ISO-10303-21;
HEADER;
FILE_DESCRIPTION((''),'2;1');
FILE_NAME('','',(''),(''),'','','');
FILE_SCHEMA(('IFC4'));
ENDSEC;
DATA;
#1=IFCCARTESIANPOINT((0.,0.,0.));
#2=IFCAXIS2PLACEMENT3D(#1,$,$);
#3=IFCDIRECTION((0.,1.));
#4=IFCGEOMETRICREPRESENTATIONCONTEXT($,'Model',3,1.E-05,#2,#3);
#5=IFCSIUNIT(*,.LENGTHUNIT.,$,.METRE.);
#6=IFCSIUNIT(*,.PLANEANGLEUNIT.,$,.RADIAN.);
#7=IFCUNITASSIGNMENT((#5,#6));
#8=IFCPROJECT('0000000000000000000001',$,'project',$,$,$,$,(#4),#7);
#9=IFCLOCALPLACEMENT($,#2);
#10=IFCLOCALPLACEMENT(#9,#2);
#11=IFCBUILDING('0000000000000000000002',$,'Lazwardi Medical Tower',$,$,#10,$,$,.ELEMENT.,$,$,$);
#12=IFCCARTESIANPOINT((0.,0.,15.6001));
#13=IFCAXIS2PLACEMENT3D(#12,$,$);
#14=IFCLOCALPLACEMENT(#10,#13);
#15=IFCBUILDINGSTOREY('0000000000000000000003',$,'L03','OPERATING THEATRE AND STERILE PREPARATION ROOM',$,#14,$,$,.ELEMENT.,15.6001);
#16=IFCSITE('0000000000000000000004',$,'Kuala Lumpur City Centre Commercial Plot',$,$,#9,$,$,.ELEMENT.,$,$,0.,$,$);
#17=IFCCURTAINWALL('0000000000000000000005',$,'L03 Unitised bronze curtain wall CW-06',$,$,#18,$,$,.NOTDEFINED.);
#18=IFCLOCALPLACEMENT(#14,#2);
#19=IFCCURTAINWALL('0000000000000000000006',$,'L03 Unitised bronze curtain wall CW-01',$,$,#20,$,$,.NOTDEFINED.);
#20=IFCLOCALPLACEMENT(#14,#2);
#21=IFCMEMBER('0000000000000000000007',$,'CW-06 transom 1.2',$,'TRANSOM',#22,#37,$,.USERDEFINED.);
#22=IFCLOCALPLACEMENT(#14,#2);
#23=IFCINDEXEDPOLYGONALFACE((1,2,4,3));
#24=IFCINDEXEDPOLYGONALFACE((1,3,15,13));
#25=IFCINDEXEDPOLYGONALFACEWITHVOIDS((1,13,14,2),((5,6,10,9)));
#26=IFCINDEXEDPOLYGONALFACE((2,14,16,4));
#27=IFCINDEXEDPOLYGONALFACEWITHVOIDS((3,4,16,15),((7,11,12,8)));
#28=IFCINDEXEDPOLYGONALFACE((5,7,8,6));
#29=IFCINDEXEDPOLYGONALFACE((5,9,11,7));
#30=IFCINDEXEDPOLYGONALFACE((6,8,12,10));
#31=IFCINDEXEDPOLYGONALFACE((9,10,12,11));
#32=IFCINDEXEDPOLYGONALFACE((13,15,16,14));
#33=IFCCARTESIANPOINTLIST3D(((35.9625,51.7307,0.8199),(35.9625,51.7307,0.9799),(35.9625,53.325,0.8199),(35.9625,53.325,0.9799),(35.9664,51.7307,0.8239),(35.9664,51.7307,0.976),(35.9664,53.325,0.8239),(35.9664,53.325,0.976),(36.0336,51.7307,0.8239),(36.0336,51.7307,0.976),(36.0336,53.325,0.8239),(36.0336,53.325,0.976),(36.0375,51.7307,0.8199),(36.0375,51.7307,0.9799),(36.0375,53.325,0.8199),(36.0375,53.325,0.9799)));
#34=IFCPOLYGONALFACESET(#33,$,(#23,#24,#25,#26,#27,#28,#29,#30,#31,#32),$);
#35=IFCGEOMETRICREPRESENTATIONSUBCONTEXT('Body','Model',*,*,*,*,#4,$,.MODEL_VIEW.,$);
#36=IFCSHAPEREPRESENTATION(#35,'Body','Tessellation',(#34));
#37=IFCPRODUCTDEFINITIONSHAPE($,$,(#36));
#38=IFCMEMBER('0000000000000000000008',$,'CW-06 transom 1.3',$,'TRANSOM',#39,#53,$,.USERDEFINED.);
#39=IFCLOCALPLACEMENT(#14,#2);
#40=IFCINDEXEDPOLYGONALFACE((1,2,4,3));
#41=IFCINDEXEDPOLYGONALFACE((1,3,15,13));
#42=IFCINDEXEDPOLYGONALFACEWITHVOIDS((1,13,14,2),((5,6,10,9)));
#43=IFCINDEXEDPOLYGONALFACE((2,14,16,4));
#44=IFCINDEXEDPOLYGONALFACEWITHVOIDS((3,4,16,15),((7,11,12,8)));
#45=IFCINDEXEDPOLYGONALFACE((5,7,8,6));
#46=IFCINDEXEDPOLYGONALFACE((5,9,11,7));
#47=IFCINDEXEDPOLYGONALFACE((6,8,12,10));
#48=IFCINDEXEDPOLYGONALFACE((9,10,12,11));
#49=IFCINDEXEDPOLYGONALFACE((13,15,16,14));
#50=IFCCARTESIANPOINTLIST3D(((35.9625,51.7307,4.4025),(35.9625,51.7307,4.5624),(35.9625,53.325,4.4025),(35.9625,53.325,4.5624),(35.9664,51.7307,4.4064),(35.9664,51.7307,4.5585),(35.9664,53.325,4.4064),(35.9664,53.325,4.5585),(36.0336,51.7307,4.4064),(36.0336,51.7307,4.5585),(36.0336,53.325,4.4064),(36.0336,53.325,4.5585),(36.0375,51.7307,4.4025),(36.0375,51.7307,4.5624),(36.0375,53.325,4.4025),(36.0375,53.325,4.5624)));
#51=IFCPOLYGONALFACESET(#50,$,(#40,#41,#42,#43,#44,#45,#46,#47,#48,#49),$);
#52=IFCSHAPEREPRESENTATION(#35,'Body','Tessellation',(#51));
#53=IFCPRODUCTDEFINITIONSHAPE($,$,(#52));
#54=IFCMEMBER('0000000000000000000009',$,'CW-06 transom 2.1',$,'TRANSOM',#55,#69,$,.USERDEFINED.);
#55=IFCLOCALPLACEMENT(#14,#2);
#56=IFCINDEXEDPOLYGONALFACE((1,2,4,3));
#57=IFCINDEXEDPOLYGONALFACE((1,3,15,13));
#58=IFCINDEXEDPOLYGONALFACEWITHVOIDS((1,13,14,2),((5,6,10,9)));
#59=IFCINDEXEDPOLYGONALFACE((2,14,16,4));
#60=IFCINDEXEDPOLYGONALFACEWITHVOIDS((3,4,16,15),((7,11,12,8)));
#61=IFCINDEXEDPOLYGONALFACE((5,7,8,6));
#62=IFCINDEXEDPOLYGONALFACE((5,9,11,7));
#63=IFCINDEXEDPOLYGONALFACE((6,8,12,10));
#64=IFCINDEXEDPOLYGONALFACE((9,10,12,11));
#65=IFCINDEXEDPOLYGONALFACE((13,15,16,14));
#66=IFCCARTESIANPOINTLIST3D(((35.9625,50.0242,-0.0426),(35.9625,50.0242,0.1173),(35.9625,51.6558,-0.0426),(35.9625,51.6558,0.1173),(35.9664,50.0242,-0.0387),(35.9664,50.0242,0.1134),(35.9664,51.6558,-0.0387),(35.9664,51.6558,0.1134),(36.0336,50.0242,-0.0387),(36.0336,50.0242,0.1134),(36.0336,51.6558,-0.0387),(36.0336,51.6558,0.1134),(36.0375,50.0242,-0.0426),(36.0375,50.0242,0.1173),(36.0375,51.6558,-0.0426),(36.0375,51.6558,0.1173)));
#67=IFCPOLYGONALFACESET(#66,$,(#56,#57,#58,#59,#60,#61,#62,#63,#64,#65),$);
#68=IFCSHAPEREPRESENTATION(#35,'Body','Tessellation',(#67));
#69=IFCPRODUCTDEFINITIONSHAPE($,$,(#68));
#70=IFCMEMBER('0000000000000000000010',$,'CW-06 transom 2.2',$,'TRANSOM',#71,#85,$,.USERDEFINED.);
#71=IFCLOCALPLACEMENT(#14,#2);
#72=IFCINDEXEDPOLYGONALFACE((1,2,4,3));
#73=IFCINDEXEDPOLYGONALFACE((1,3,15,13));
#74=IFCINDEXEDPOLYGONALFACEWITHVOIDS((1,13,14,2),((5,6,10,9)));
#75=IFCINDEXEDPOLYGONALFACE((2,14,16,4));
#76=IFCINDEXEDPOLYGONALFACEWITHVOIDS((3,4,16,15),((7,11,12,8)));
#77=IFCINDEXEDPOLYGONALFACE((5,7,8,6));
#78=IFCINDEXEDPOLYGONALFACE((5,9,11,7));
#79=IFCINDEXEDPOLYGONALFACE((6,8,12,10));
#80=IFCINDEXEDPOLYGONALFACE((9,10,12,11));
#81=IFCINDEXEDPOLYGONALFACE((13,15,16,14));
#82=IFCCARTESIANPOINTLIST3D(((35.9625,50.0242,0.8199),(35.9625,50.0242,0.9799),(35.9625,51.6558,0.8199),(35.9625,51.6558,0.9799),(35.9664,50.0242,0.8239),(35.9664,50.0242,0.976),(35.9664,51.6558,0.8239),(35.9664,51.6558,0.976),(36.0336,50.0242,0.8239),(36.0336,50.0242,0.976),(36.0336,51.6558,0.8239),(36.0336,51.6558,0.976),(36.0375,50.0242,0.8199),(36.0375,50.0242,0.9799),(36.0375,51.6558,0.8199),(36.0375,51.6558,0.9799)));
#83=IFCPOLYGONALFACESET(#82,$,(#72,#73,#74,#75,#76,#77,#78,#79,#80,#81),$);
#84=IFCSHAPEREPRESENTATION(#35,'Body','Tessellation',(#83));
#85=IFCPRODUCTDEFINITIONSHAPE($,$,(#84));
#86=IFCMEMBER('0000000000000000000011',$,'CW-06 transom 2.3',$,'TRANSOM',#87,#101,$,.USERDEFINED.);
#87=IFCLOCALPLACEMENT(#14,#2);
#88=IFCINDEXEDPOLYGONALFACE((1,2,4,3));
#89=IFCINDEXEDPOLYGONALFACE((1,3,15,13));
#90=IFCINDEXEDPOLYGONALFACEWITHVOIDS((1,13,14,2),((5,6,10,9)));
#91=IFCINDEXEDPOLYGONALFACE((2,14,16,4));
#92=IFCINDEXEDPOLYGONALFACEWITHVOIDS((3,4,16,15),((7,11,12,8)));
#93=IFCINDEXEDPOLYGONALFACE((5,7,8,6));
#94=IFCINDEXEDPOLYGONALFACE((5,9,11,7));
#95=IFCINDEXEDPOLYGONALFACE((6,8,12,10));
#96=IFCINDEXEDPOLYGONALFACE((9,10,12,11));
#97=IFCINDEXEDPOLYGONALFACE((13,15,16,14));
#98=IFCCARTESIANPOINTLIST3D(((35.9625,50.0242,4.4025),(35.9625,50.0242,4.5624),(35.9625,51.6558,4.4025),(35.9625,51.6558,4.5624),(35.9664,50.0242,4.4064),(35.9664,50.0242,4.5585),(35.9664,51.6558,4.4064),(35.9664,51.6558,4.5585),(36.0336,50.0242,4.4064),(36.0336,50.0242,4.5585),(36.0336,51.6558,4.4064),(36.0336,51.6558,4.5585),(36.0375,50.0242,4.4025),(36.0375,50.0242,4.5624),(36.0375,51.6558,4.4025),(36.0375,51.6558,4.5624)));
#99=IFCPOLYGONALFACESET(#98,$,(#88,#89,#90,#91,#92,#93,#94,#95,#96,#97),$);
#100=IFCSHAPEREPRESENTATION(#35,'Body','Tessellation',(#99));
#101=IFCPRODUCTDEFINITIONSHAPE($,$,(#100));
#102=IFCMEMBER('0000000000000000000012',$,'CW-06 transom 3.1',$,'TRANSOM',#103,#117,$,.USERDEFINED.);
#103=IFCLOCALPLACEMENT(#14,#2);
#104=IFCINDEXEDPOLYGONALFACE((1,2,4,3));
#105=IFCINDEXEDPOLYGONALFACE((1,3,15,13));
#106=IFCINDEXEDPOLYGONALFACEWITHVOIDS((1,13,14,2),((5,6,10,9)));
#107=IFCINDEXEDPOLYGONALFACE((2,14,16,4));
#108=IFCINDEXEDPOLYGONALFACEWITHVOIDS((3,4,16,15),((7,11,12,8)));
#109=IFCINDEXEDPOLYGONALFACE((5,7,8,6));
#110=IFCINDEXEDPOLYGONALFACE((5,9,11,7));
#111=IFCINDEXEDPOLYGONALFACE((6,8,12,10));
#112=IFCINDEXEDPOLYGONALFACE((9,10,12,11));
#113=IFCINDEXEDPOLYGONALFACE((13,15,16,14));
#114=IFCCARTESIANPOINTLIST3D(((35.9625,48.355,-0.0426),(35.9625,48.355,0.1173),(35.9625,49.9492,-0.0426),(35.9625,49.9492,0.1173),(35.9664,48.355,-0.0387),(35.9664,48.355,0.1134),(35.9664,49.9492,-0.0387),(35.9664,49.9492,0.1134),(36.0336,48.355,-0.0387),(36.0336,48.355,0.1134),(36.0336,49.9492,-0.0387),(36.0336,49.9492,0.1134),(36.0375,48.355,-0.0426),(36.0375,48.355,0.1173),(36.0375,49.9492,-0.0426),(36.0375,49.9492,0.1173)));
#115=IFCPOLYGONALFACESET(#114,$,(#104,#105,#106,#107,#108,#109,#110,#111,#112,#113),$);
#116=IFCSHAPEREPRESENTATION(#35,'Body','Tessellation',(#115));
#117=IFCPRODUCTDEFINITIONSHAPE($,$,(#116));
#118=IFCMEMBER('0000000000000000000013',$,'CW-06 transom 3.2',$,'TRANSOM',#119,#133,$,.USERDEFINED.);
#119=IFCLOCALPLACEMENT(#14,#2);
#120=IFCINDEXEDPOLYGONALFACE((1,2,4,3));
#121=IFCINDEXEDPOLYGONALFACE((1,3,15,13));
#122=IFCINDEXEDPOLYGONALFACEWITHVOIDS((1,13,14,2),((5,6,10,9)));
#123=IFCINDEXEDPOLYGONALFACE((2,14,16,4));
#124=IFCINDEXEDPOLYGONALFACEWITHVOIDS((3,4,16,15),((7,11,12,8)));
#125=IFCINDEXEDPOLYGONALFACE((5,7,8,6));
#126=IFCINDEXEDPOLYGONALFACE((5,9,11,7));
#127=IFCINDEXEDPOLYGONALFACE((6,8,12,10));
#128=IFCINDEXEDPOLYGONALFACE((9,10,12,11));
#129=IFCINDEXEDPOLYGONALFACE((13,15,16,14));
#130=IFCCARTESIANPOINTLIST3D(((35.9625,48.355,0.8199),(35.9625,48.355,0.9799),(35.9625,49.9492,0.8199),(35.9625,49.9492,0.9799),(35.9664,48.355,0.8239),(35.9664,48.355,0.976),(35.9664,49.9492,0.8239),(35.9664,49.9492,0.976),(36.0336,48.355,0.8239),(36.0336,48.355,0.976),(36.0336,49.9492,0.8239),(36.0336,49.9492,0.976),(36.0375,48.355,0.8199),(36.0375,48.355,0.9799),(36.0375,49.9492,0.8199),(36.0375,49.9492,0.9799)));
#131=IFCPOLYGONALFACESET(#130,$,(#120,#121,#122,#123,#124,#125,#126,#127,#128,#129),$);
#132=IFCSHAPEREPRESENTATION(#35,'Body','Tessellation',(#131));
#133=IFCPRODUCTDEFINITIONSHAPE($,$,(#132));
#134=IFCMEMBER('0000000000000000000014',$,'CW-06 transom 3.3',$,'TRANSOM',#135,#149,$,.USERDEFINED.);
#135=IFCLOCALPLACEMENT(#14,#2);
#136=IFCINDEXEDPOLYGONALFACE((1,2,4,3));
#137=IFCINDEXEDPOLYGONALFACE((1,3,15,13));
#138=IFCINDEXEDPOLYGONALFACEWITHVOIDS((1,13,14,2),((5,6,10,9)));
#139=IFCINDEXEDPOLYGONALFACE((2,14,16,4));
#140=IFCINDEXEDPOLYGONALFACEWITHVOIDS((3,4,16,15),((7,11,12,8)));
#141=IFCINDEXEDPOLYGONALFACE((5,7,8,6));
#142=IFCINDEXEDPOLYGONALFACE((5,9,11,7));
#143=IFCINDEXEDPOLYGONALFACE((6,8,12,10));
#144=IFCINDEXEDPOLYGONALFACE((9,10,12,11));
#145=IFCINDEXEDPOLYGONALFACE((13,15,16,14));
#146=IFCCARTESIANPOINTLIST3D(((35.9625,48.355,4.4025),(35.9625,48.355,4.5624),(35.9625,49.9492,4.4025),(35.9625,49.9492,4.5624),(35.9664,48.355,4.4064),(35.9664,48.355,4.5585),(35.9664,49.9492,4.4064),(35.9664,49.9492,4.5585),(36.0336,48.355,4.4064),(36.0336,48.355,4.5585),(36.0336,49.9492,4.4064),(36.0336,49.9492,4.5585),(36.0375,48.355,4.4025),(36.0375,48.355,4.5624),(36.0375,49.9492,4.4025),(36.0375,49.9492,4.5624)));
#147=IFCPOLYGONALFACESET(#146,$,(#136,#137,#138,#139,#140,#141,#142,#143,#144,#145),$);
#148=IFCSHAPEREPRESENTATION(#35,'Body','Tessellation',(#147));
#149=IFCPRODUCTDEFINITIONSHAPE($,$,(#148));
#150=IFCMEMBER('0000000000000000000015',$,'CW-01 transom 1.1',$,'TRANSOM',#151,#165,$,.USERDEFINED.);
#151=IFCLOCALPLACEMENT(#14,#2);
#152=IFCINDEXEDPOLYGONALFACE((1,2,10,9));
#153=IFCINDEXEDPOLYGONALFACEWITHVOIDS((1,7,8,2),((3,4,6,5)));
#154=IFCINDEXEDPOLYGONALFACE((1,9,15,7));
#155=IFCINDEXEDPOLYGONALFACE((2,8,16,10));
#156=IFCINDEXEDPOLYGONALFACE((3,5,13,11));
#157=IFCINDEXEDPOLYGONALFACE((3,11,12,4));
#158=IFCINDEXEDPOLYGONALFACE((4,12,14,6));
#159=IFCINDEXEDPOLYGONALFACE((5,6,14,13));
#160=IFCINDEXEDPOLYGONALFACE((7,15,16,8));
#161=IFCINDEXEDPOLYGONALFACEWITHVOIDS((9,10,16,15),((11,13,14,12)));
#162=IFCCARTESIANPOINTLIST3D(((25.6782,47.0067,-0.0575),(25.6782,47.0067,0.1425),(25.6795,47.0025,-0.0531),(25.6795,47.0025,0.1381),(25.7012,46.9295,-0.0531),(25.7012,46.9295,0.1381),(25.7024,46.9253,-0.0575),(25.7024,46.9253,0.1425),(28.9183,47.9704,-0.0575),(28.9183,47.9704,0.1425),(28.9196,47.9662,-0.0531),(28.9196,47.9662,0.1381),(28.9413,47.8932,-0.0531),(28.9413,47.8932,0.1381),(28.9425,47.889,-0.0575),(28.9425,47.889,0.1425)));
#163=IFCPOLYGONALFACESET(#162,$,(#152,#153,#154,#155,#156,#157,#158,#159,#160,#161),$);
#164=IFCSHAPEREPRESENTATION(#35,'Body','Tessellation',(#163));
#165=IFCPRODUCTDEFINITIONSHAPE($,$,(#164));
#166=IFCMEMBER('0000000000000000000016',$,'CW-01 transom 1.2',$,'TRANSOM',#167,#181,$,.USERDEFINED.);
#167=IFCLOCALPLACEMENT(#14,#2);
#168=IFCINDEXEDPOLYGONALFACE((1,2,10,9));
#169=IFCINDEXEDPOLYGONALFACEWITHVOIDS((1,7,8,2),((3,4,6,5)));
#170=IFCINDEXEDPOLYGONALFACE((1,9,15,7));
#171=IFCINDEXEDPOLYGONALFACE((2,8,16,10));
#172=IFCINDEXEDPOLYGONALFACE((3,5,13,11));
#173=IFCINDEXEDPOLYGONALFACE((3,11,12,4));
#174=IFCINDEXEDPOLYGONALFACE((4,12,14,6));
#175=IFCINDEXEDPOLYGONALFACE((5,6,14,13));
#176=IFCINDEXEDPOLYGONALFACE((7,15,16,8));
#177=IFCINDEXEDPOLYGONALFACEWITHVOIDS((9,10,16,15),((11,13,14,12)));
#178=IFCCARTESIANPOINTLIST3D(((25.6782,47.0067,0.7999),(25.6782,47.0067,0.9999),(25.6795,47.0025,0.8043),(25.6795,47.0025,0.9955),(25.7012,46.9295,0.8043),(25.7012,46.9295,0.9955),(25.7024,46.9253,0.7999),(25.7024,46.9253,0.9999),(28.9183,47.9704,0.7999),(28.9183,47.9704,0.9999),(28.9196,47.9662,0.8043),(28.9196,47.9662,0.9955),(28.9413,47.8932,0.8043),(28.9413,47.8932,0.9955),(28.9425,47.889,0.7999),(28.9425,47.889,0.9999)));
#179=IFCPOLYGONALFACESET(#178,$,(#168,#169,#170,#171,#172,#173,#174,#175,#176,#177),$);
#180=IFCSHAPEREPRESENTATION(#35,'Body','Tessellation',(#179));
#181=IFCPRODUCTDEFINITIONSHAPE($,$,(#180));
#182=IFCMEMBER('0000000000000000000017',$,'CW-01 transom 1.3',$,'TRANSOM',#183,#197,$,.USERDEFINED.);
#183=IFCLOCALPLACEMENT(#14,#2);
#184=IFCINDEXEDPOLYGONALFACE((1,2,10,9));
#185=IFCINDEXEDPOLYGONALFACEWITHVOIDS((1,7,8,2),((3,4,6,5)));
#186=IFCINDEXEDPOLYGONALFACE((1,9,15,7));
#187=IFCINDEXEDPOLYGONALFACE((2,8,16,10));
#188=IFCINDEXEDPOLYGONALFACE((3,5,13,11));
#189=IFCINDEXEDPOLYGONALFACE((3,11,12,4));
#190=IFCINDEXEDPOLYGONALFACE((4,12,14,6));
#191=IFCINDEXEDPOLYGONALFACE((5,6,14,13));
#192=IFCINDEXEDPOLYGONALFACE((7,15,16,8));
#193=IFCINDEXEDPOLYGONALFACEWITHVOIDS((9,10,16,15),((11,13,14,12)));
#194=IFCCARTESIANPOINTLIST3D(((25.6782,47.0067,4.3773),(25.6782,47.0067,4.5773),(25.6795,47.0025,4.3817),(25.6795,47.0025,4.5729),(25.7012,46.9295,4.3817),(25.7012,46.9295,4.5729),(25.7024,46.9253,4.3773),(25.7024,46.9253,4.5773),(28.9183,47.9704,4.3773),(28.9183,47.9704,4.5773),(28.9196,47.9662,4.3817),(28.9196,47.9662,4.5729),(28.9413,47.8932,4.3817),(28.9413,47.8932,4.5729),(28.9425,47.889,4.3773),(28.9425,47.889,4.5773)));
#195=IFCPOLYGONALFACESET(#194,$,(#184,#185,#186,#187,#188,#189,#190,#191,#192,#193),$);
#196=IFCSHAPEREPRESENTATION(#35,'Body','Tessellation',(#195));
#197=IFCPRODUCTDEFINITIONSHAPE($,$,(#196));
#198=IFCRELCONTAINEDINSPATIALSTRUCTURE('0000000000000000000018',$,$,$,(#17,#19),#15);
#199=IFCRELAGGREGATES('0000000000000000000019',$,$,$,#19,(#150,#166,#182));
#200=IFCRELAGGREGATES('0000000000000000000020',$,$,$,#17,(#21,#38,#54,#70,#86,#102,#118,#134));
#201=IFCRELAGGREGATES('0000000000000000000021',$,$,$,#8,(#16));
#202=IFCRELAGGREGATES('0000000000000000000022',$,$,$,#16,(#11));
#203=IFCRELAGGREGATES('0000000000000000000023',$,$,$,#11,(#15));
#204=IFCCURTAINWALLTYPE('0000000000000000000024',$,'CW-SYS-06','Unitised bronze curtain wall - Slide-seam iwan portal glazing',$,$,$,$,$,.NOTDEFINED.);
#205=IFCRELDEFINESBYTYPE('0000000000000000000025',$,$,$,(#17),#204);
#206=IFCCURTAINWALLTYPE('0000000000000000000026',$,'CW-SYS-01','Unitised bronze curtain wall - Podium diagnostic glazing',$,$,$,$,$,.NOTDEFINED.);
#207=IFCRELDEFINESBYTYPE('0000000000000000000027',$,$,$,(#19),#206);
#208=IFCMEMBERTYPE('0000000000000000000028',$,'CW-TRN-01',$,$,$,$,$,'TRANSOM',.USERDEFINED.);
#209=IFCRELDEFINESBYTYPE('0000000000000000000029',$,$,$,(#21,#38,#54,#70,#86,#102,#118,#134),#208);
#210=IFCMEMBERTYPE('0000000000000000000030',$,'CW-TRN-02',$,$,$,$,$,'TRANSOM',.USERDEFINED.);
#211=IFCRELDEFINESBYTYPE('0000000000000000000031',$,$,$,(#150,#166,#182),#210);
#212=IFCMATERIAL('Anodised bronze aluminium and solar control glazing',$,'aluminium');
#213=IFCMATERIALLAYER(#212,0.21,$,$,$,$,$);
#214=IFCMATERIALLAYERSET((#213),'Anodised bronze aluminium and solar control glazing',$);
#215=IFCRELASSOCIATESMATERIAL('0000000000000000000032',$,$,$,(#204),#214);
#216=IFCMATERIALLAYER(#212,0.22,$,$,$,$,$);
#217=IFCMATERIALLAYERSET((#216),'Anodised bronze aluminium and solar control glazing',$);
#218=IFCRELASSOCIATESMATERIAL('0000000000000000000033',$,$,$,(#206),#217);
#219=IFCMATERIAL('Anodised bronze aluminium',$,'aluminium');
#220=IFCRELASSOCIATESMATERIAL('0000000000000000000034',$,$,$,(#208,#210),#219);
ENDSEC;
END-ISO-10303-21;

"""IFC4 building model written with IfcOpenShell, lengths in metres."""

from ifc_helpers import new_model, si_unit, direction, frame, origin, origin_2d, place, context, subcontext, project, spatial, hollow_rectangle, extrude, material, layer, layer_set, material_profile, profile_set, type_object, element, aggregate, save


model = new_model("IFC4")

# Units and contexts
model_context = context("Model", 3, precision=1e-05, world=origin(), true_north=direction((0.0, 1.0)))
body_context = subcontext(model_context, "Body", "Model", "MODEL_VIEW")
ifc_project = project(units=[si_unit("LENGTHUNIT", "METRE"), si_unit("PLANEANGLEUNIT", "RADIAN")], contexts=[model_context])

# Site, building, storey
site_placement = place(None, origin())
site = spatial("IfcSite", under=ifc_project, at=site_placement, Name="Kuala Lumpur City Centre Commercial Plot", CompositionType="ELEMENT", RefElevation=0.0)
building_placement = place(site_placement, origin())
building = spatial("IfcBuilding", under=site, at=building_placement, Name="Lazwardi Medical Tower", CompositionType="ELEMENT")
storey_placement = place(building_placement, frame((0.0, 0.0, 15.6001)))
storey = spatial("IfcBuildingStorey", under=building, at=storey_placement, Name="L03", Description="OPERATING THEATRE AND STERILE PREPARATION ROOM", CompositionType="ELEMENT", Elevation=15.6001)

# Curtain walls
ifc_material_1 = material(Name="Anodised bronze aluminium and solar control glazing", Category="aluminium")
ifc_layer_1 = layer(ifc_material_1, 0.21)
ifc_layer_set_1 = layer_set([ifc_layer_1], Name="Anodised bronze aluminium and solar control glazing")
curtain_wall_type_1 = type_object("IfcCurtainWallType", Name="CW-SYS-06", Description="Unitised bronze curtain wall - Slide-seam iwan portal glazing", PredefinedType="NOTDEFINED", material=ifc_layer_set_1)
curtain_wall_1_placement = place(storey_placement, origin())
curtain_wall_1 = element("IfcCurtainWall", 1, at=curtain_wall_1_placement, inside=storey, type_object=curtain_wall_type_1, Name="L03 Unitised bronze curtain wall CW-06", PredefinedType="NOTDEFINED")
ifc_material_2 = material(Name="Anodised bronze aluminium", Category="aluminium")
ifc_layer_2 = layer(ifc_material_1, 0.22)
ifc_layer_set_2 = layer_set([ifc_layer_2], Name="Anodised bronze aluminium and solar control glazing")
curtain_wall_type_2 = type_object("IfcCurtainWallType", Name="CW-SYS-01", Description="Unitised bronze curtain wall - Podium diagnostic glazing", PredefinedType="NOTDEFINED", material=ifc_layer_set_2)
curtain_wall_2_placement = place(storey_placement, origin())
curtain_wall_2 = element("IfcCurtainWall", 2, at=curtain_wall_2_placement, inside=storey, type_object=curtain_wall_type_2, Name="L03 Unitised bronze curtain wall CW-01", PredefinedType="NOTDEFINED")

# Members
ifc_material_profile_1 = material_profile(ifc_material_2, hollow_rectangle(XDim=0.075, YDim=0.1599, WallThickness=0.0039, at=origin_2d()), Name="ALU-TRANSOM 160x75x4")
ifc_profile_set_1 = profile_set([ifc_material_profile_1], Name="Anodised bronze aluminium")
member_type_1 = type_object("IfcMemberType", Name="CW-TRN-01", ElementType="TRANSOM", PredefinedType="USERDEFINED", material=ifc_profile_set_1)
member_1_placement = place(storey_placement, frame((36.0, 53.325, 0.8999), z_axis=(0.0, -1.0, 0.0), x_axis=(1.0, 0.0, 0.0)))
member_1 = element("IfcMember", 3, at=member_1_placement, type_object=member_type_1, Name="CW-06 transom 1.2", ObjectType="TRANSOM", PredefinedType="USERDEFINED", context=body_context, shape_type="SweptSolid", body=[
    extrude(hollow_rectangle(XDim=0.075, YDim=0.1599, WallThickness=0.0039, at=origin_2d()), origin(), (0.0, 0.0, 1.0), 1.5942),
])
member_2_placement = place(storey_placement, frame((36.0, 53.325, 4.4824), z_axis=(0.0, -1.0, 0.0), x_axis=(1.0, 0.0, 0.0)))
member_2 = element("IfcMember", 4, at=member_2_placement, type_object=member_type_1, Name="CW-06 transom 1.3", ObjectType="TRANSOM", PredefinedType="USERDEFINED", context=body_context, shape_type="SweptSolid", body=[
    extrude(hollow_rectangle(XDim=0.075, YDim=0.1599, WallThickness=0.0039, at=origin_2d()), origin(), (0.0, 0.0, 1.0), 1.5942),
])
member_3_placement = place(storey_placement, frame((36.0, 51.6558, 0.0374), z_axis=(0.0, -1.0, 0.0), x_axis=(1.0, 0.0, 0.0)))
member_3 = element("IfcMember", 5, at=member_3_placement, type_object=member_type_1, Name="CW-06 transom 2.1", ObjectType="TRANSOM", PredefinedType="USERDEFINED", context=body_context, shape_type="SweptSolid", body=[
    extrude(hollow_rectangle(XDim=0.075, YDim=0.1599, WallThickness=0.0039, at=origin_2d()), origin(), (0.0, 0.0, 1.0), 1.6316),
])
member_4_placement = place(storey_placement, frame((36.0, 51.6558, 0.8999), z_axis=(0.0, -1.0, 0.0), x_axis=(1.0, 0.0, 0.0)))
member_4 = element("IfcMember", 6, at=member_4_placement, type_object=member_type_1, Name="CW-06 transom 2.2", ObjectType="TRANSOM", PredefinedType="USERDEFINED", context=body_context, shape_type="SweptSolid", body=[
    extrude(hollow_rectangle(XDim=0.075, YDim=0.1599, WallThickness=0.0039, at=origin_2d()), origin(), (0.0, 0.0, 1.0), 1.6316),
])
member_5_placement = place(storey_placement, frame((36.0, 51.6558, 4.4824), z_axis=(0.0, -1.0, 0.0), x_axis=(1.0, 0.0, 0.0)))
member_5 = element("IfcMember", 7, at=member_5_placement, type_object=member_type_1, Name="CW-06 transom 2.3", ObjectType="TRANSOM", PredefinedType="USERDEFINED", context=body_context, shape_type="SweptSolid", body=[
    extrude(hollow_rectangle(XDim=0.075, YDim=0.1599, WallThickness=0.0039, at=origin_2d()), origin(), (0.0, 0.0, 1.0), 1.6316),
])
member_6_placement = place(storey_placement, frame((36.0, 49.9492, 0.0374), z_axis=(0.0, -1.0, 0.0), x_axis=(1.0, 0.0, 0.0)))
member_6 = element("IfcMember", 8, at=member_6_placement, type_object=member_type_1, Name="CW-06 transom 3.1", ObjectType="TRANSOM", PredefinedType="USERDEFINED", context=body_context, shape_type="SweptSolid", body=[
    extrude(hollow_rectangle(XDim=0.075, YDim=0.1599, WallThickness=0.0039, at=origin_2d()), origin(), (0.0, 0.0, 1.0), 1.5942),
])
member_7_placement = place(storey_placement, frame((36.0, 49.9492, 0.8999), z_axis=(0.0, -1.0, 0.0), x_axis=(1.0, 0.0, 0.0)))
member_7 = element("IfcMember", 9, at=member_7_placement, type_object=member_type_1, Name="CW-06 transom 3.2", ObjectType="TRANSOM", PredefinedType="USERDEFINED", context=body_context, shape_type="SweptSolid", body=[
    extrude(hollow_rectangle(XDim=0.075, YDim=0.1599, WallThickness=0.0039, at=origin_2d()), origin(), (0.0, 0.0, 1.0), 1.5942),
])
member_8_placement = place(storey_placement, frame((36.0, 49.9492, 4.4824), z_axis=(0.0, -1.0, 0.0), x_axis=(1.0, 0.0, 0.0)))
member_8 = element("IfcMember", 10, at=member_8_placement, type_object=member_type_1, Name="CW-06 transom 3.3", ObjectType="TRANSOM", PredefinedType="USERDEFINED", context=body_context, shape_type="SweptSolid", body=[
    extrude(hollow_rectangle(XDim=0.075, YDim=0.1599, WallThickness=0.0039, at=origin_2d()), origin(), (0.0, 0.0, 1.0), 1.5942),
])
ifc_material_profile_2 = material_profile(ifc_material_2, hollow_rectangle(XDim=0.085, YDim=0.2, WallThickness=0.0044, at=origin_2d()), Name="ALU-TRANSOM 200x85x4.5")
ifc_profile_set_2 = profile_set([ifc_material_profile_2], Name="Anodised bronze aluminium")
member_type_2 = type_object("IfcMemberType", Name="CW-TRN-02", ElementType="TRANSOM", PredefinedType="USERDEFINED", material=ifc_profile_set_2)
member_9_placement = place(storey_placement, frame((28.9304, 47.9297, 0.0425), z_axis=(-0.958505, -0.285074, 0.0), x_axis=(0.285074, -0.958505, 0.0)))
member_9 = element("IfcMember", 11, at=member_9_placement, type_object=member_type_2, Name="CW-01 transom 1.1", ObjectType="TRANSOM", PredefinedType="USERDEFINED", context=body_context, shape_type="SweptSolid", body=[
    extrude(hollow_rectangle(XDim=0.085, YDim=0.2, WallThickness=0.0044, at=origin_2d()), origin(), (0.0, 0.0, 1.0), 3.3804),
])
member_10_placement = place(storey_placement, frame((28.9304, 47.9297, 0.8999), z_axis=(-0.958505, -0.285074, 0.0), x_axis=(0.285074, -0.958505, 0.0)))
member_10 = element("IfcMember", 12, at=member_10_placement, type_object=member_type_2, Name="CW-01 transom 1.2", ObjectType="TRANSOM", PredefinedType="USERDEFINED", context=body_context, shape_type="SweptSolid", body=[
    extrude(hollow_rectangle(XDim=0.085, YDim=0.2, WallThickness=0.0044, at=origin_2d()), origin(), (0.0, 0.0, 1.0), 3.3804),
])
member_11_placement = place(storey_placement, frame((28.9304, 47.9297, 4.4773), z_axis=(-0.958505, -0.285074, 0.0), x_axis=(0.285074, -0.958505, 0.0)))
member_11 = element("IfcMember", 13, at=member_11_placement, type_object=member_type_2, Name="CW-01 transom 1.3", ObjectType="TRANSOM", PredefinedType="USERDEFINED", context=body_context, shape_type="SweptSolid", body=[
    extrude(hollow_rectangle(XDim=0.085, YDim=0.2, WallThickness=0.0044, at=origin_2d()), origin(), (0.0, 0.0, 1.0), 3.3804),
])

aggregate(curtain_wall_2, [member_9, member_10, member_11])
aggregate(curtain_wall_1, [member_1, member_2, member_3, member_4, member_5, member_6, member_7, member_8])

save(model, "model.ifc")
